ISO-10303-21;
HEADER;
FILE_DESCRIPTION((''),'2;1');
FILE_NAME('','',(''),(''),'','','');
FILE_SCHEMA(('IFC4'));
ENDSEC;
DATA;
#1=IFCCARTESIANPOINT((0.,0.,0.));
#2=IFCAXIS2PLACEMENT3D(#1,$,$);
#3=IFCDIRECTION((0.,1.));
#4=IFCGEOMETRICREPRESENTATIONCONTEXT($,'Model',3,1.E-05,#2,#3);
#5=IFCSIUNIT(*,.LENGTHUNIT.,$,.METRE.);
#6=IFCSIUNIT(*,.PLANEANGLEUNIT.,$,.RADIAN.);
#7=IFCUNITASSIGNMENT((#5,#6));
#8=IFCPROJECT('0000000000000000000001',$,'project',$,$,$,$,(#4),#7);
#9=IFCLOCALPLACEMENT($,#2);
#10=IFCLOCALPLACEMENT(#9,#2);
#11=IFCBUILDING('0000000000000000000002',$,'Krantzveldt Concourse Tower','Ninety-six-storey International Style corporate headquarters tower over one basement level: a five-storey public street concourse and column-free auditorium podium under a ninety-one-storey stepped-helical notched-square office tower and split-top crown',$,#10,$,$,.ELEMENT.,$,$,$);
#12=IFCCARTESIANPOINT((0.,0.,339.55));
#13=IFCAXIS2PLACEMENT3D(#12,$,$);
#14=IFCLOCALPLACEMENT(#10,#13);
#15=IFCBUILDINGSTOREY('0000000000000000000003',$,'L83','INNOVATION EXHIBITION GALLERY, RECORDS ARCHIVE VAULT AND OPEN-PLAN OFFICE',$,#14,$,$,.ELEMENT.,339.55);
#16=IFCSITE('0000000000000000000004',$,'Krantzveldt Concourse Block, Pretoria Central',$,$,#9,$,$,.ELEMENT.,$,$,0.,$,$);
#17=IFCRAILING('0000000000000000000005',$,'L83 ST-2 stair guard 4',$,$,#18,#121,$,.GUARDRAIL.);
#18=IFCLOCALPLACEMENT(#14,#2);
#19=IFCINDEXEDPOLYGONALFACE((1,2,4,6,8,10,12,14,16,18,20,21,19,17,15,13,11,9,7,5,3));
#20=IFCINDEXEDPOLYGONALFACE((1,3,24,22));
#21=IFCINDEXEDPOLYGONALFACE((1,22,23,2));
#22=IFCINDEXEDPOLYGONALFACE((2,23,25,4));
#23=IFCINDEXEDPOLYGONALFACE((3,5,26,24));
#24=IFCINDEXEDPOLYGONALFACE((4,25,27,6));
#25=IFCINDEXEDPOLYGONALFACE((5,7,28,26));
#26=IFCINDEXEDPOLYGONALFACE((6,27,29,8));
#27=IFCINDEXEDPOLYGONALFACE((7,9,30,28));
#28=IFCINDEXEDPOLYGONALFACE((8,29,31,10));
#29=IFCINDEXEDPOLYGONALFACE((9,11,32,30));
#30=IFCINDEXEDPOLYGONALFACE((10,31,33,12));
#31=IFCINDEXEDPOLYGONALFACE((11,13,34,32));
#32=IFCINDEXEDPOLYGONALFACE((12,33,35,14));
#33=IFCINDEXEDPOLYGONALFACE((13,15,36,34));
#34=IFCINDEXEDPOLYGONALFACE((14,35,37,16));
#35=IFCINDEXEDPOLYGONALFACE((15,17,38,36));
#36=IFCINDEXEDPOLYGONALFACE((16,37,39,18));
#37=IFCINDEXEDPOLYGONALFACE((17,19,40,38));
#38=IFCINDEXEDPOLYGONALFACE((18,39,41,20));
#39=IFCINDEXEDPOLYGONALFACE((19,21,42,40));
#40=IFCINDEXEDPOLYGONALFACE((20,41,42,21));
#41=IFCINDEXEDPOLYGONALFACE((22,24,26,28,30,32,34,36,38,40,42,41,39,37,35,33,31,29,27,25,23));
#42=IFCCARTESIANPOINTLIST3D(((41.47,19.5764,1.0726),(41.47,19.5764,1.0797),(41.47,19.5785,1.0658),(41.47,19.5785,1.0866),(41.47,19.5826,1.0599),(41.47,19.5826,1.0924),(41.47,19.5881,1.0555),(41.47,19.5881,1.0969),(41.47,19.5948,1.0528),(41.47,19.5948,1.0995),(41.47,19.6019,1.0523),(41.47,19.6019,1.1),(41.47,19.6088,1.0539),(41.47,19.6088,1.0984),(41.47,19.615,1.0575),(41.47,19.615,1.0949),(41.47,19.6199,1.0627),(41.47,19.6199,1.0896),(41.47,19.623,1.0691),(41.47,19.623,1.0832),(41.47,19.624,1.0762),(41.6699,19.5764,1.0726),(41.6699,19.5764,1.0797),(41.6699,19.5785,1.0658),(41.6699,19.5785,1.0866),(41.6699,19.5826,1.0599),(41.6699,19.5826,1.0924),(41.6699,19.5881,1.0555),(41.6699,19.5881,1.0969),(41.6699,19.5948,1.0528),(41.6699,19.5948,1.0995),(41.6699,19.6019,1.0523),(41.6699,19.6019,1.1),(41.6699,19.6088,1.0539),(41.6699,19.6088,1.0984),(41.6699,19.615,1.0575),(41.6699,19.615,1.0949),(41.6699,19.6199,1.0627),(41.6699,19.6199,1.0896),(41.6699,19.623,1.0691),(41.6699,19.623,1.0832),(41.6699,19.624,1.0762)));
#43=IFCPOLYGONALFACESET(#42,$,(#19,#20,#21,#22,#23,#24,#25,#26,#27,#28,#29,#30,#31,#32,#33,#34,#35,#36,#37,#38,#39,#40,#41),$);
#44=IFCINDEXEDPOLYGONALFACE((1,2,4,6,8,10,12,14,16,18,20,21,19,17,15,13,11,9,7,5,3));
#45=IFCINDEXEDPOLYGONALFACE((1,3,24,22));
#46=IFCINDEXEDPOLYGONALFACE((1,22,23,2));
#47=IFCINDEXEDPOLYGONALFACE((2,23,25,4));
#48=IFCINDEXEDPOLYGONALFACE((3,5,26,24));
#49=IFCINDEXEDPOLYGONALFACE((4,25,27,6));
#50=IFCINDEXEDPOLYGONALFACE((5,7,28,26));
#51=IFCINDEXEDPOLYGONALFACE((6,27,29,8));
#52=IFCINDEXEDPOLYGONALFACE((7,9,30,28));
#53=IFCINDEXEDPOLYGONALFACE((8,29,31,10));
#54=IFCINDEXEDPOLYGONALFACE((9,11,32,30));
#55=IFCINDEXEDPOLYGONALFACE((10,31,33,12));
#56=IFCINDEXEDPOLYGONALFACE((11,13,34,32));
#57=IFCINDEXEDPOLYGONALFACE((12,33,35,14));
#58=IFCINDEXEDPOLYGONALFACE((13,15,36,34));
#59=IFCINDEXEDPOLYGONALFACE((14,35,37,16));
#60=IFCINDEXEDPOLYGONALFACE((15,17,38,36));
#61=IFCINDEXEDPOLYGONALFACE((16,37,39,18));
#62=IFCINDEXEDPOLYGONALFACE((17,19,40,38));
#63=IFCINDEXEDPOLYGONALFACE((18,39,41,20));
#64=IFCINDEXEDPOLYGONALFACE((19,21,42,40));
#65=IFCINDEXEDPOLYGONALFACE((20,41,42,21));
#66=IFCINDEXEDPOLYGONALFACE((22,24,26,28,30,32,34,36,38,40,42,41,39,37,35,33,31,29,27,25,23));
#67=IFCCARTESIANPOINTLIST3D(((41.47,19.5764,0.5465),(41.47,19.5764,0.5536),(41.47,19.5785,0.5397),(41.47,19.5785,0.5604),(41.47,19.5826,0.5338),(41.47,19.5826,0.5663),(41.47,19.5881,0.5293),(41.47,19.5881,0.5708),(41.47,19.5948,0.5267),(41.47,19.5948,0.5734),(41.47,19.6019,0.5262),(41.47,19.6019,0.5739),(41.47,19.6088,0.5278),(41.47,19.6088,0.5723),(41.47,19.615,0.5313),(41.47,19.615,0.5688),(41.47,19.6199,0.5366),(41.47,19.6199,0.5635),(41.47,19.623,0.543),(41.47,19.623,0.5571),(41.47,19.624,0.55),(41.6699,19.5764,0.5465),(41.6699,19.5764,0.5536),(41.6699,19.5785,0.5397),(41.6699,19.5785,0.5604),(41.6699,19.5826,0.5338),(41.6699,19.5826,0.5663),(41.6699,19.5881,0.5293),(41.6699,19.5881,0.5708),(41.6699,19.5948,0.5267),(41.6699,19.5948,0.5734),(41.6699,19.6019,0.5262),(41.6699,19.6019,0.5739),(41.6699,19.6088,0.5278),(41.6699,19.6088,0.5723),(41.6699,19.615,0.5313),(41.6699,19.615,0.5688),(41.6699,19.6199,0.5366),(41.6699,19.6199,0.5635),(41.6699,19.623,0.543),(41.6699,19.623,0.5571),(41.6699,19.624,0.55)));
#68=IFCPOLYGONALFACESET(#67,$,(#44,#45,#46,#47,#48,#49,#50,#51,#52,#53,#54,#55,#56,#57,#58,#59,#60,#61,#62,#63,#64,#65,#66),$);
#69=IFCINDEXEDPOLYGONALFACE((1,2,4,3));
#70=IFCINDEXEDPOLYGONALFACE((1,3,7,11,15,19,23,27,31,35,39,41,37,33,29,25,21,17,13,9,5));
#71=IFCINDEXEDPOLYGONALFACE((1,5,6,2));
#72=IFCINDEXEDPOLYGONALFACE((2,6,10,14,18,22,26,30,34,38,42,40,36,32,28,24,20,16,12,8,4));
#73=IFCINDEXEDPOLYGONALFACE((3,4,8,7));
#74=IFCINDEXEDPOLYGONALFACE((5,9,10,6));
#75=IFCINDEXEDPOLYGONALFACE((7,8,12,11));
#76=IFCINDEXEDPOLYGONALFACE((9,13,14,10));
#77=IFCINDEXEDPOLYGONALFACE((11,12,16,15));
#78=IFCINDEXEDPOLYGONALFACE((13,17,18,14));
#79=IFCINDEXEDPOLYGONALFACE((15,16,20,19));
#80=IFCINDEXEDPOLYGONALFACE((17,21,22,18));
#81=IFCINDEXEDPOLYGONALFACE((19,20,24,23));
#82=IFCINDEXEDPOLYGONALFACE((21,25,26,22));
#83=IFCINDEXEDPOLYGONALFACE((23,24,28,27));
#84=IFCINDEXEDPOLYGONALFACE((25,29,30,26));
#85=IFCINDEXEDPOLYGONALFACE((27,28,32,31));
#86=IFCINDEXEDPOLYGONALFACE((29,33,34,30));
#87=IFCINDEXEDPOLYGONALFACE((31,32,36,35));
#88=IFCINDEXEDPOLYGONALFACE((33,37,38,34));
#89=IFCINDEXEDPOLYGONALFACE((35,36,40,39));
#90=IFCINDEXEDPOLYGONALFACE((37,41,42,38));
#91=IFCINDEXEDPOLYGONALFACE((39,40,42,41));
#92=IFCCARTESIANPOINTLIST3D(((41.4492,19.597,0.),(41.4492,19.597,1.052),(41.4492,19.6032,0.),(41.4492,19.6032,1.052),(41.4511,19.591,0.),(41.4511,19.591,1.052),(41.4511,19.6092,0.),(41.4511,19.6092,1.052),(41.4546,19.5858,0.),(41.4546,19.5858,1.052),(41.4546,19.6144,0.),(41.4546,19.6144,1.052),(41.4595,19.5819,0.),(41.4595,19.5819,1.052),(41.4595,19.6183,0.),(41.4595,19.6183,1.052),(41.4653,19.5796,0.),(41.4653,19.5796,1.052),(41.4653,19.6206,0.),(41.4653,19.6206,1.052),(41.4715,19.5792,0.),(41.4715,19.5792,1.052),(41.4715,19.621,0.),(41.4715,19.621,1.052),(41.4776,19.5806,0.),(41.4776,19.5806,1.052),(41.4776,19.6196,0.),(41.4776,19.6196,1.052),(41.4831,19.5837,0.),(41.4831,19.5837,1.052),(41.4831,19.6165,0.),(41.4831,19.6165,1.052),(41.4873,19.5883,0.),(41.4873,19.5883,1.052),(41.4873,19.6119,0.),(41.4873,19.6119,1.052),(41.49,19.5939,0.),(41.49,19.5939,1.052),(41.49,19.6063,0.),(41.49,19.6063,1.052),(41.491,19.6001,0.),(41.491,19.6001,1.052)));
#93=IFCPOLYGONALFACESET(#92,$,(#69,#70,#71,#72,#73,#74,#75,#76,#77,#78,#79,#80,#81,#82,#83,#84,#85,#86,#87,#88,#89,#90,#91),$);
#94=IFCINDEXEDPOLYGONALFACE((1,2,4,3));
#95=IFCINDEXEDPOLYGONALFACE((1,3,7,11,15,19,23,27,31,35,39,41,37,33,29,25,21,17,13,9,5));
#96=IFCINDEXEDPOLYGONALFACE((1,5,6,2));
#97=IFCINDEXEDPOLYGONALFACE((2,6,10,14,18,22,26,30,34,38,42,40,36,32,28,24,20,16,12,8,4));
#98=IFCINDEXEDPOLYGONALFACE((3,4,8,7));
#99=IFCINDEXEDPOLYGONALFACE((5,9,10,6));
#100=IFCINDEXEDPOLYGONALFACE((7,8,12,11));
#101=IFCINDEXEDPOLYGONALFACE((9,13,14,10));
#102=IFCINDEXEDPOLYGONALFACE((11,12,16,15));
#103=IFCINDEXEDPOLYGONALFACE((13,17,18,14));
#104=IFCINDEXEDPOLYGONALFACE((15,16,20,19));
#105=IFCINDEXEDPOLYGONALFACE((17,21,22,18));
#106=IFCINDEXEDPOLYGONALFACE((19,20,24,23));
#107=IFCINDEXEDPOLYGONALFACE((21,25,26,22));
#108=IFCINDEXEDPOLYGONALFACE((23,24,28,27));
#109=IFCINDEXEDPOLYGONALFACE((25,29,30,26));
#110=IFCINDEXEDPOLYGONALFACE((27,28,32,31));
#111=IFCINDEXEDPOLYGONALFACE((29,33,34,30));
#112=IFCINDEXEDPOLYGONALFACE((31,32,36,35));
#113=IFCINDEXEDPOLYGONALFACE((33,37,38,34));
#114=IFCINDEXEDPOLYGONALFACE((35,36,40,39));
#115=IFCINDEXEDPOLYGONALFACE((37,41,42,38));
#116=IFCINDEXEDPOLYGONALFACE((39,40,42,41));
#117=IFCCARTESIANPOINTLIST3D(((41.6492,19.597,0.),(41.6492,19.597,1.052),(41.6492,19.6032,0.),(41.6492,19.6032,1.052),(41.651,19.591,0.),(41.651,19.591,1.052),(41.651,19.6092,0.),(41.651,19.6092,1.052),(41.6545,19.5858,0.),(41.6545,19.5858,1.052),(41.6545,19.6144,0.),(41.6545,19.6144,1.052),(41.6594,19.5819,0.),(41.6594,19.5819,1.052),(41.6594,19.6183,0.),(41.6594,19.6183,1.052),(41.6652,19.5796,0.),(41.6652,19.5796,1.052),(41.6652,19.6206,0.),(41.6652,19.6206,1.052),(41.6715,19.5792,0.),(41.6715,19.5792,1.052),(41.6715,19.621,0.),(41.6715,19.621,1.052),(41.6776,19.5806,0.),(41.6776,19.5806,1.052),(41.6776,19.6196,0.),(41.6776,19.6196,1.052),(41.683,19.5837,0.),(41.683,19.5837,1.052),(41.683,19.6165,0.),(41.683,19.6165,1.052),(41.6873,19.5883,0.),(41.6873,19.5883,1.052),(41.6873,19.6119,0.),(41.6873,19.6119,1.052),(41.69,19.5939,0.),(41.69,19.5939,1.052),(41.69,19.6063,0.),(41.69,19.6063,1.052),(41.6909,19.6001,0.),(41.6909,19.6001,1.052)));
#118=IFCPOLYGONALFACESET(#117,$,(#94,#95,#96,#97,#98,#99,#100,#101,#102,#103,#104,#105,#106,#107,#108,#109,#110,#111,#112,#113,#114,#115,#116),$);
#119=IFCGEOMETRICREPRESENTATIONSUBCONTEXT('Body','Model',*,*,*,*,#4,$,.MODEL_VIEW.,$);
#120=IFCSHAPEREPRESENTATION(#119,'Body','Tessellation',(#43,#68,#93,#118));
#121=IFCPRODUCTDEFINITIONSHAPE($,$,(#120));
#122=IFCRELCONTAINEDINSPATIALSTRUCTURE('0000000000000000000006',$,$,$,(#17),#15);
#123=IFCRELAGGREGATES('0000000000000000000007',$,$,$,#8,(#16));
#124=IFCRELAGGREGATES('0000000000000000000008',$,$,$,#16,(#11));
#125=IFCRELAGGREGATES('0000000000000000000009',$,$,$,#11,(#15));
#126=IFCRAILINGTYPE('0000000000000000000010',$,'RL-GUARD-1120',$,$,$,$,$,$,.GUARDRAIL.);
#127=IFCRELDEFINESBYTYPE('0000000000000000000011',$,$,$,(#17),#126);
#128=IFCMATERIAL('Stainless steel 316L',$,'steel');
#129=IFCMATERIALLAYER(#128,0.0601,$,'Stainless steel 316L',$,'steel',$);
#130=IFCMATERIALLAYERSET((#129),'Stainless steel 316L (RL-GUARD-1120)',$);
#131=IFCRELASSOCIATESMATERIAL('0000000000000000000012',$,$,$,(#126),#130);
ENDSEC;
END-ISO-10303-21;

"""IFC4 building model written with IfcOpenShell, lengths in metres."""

from ifc_helpers import new_model, si_unit, direction, frame, origin, origin_2d, place, context, subcontext, project, spatial, circle, extrude, material, layer, layer_set, type_object, element, save


model = new_model("IFC4")

# Units and contexts
model_context = context("Model", 3, precision=1e-05, world=origin(), true_north=direction((0.0, 1.0)))
body_context = subcontext(model_context, "Body", "Model", "MODEL_VIEW")
ifc_project = project(units=[si_unit("LENGTHUNIT", "METRE"), si_unit("PLANEANGLEUNIT", "RADIAN")], contexts=[model_context])

# Site, building, storey
site_placement = place(None, origin())
site = spatial("IfcSite", under=ifc_project, at=site_placement, Name="Krantzveldt Concourse Block, Pretoria Central", CompositionType="ELEMENT", RefElevation=0.0)
building_placement = place(site_placement, origin())
building = spatial("IfcBuilding", under=site, at=building_placement, Name="Krantzveldt Concourse Tower", Description="Ninety-six-storey International Style corporate headquarters tower over one basement level: a five-storey public street concourse and column-free auditorium podium under a ninety-one-storey stepped-helical notched-square office tower and split-top crown", CompositionType="ELEMENT")
storey_placement = place(building_placement, frame((0.0, 0.0, 339.55)))
storey = spatial("IfcBuildingStorey", under=building, at=storey_placement, Name="L83", Description="INNOVATION EXHIBITION GALLERY, RECORDS ARCHIVE VAULT AND OPEN-PLAN OFFICE", CompositionType="ELEMENT", Elevation=339.55)

# Shared definitions
ifc_material_1 = material(Name="Stainless steel 316L", Category="steel")

# Railing
ifc_layer_1 = layer(ifc_material_1, 0.0601, Name="Stainless steel 316L", Category="steel")
ifc_layer_set_1 = layer_set([ifc_layer_1], Name="Stainless steel 316L (RL-GUARD-1120)")
railing_type_1 = type_object("IfcRailingType", Name="RL-GUARD-1120", PredefinedType="GUARDRAIL", material=ifc_layer_set_1)
railing_1_placement = place(storey_placement, frame((41.47, 19.6001, 0.0)))
element("IfcRailing", 1, at=railing_1_placement, inside=storey, type_object=railing_type_1, Name="L83 ST-2 stair guard 4", PredefinedType="GUARDRAIL", context=body_context, shape_type="SweptSolid", body=[
    extrude(circle(Radius=0.0239, at=origin_2d()), frame((0.0, 0.0, 1.0762), z_axis=(1.0, 0.0, 0.0), x_axis=(0.0, 1.0, 0.0)), (0.0, 0.0, 1.0), 0.2),
    extrude(circle(Radius=0.0239, at=origin_2d()), frame((0.0, 0.0, 0.55), z_axis=(1.0, 0.0, 0.0), x_axis=(0.0, 1.0, 0.0)), (0.0, 0.0, 1.0), 0.2),
    extrude(circle(Radius=0.021, at=origin_2d()), origin(), (0.0, 0.0, 1.0), 1.052),
    extrude(circle(Radius=0.021, at=origin_2d()), frame((0.2, 0.0, 0.0)), (0.0, 0.0, 1.0), 1.052),
])

save(model, "model.ifc")
